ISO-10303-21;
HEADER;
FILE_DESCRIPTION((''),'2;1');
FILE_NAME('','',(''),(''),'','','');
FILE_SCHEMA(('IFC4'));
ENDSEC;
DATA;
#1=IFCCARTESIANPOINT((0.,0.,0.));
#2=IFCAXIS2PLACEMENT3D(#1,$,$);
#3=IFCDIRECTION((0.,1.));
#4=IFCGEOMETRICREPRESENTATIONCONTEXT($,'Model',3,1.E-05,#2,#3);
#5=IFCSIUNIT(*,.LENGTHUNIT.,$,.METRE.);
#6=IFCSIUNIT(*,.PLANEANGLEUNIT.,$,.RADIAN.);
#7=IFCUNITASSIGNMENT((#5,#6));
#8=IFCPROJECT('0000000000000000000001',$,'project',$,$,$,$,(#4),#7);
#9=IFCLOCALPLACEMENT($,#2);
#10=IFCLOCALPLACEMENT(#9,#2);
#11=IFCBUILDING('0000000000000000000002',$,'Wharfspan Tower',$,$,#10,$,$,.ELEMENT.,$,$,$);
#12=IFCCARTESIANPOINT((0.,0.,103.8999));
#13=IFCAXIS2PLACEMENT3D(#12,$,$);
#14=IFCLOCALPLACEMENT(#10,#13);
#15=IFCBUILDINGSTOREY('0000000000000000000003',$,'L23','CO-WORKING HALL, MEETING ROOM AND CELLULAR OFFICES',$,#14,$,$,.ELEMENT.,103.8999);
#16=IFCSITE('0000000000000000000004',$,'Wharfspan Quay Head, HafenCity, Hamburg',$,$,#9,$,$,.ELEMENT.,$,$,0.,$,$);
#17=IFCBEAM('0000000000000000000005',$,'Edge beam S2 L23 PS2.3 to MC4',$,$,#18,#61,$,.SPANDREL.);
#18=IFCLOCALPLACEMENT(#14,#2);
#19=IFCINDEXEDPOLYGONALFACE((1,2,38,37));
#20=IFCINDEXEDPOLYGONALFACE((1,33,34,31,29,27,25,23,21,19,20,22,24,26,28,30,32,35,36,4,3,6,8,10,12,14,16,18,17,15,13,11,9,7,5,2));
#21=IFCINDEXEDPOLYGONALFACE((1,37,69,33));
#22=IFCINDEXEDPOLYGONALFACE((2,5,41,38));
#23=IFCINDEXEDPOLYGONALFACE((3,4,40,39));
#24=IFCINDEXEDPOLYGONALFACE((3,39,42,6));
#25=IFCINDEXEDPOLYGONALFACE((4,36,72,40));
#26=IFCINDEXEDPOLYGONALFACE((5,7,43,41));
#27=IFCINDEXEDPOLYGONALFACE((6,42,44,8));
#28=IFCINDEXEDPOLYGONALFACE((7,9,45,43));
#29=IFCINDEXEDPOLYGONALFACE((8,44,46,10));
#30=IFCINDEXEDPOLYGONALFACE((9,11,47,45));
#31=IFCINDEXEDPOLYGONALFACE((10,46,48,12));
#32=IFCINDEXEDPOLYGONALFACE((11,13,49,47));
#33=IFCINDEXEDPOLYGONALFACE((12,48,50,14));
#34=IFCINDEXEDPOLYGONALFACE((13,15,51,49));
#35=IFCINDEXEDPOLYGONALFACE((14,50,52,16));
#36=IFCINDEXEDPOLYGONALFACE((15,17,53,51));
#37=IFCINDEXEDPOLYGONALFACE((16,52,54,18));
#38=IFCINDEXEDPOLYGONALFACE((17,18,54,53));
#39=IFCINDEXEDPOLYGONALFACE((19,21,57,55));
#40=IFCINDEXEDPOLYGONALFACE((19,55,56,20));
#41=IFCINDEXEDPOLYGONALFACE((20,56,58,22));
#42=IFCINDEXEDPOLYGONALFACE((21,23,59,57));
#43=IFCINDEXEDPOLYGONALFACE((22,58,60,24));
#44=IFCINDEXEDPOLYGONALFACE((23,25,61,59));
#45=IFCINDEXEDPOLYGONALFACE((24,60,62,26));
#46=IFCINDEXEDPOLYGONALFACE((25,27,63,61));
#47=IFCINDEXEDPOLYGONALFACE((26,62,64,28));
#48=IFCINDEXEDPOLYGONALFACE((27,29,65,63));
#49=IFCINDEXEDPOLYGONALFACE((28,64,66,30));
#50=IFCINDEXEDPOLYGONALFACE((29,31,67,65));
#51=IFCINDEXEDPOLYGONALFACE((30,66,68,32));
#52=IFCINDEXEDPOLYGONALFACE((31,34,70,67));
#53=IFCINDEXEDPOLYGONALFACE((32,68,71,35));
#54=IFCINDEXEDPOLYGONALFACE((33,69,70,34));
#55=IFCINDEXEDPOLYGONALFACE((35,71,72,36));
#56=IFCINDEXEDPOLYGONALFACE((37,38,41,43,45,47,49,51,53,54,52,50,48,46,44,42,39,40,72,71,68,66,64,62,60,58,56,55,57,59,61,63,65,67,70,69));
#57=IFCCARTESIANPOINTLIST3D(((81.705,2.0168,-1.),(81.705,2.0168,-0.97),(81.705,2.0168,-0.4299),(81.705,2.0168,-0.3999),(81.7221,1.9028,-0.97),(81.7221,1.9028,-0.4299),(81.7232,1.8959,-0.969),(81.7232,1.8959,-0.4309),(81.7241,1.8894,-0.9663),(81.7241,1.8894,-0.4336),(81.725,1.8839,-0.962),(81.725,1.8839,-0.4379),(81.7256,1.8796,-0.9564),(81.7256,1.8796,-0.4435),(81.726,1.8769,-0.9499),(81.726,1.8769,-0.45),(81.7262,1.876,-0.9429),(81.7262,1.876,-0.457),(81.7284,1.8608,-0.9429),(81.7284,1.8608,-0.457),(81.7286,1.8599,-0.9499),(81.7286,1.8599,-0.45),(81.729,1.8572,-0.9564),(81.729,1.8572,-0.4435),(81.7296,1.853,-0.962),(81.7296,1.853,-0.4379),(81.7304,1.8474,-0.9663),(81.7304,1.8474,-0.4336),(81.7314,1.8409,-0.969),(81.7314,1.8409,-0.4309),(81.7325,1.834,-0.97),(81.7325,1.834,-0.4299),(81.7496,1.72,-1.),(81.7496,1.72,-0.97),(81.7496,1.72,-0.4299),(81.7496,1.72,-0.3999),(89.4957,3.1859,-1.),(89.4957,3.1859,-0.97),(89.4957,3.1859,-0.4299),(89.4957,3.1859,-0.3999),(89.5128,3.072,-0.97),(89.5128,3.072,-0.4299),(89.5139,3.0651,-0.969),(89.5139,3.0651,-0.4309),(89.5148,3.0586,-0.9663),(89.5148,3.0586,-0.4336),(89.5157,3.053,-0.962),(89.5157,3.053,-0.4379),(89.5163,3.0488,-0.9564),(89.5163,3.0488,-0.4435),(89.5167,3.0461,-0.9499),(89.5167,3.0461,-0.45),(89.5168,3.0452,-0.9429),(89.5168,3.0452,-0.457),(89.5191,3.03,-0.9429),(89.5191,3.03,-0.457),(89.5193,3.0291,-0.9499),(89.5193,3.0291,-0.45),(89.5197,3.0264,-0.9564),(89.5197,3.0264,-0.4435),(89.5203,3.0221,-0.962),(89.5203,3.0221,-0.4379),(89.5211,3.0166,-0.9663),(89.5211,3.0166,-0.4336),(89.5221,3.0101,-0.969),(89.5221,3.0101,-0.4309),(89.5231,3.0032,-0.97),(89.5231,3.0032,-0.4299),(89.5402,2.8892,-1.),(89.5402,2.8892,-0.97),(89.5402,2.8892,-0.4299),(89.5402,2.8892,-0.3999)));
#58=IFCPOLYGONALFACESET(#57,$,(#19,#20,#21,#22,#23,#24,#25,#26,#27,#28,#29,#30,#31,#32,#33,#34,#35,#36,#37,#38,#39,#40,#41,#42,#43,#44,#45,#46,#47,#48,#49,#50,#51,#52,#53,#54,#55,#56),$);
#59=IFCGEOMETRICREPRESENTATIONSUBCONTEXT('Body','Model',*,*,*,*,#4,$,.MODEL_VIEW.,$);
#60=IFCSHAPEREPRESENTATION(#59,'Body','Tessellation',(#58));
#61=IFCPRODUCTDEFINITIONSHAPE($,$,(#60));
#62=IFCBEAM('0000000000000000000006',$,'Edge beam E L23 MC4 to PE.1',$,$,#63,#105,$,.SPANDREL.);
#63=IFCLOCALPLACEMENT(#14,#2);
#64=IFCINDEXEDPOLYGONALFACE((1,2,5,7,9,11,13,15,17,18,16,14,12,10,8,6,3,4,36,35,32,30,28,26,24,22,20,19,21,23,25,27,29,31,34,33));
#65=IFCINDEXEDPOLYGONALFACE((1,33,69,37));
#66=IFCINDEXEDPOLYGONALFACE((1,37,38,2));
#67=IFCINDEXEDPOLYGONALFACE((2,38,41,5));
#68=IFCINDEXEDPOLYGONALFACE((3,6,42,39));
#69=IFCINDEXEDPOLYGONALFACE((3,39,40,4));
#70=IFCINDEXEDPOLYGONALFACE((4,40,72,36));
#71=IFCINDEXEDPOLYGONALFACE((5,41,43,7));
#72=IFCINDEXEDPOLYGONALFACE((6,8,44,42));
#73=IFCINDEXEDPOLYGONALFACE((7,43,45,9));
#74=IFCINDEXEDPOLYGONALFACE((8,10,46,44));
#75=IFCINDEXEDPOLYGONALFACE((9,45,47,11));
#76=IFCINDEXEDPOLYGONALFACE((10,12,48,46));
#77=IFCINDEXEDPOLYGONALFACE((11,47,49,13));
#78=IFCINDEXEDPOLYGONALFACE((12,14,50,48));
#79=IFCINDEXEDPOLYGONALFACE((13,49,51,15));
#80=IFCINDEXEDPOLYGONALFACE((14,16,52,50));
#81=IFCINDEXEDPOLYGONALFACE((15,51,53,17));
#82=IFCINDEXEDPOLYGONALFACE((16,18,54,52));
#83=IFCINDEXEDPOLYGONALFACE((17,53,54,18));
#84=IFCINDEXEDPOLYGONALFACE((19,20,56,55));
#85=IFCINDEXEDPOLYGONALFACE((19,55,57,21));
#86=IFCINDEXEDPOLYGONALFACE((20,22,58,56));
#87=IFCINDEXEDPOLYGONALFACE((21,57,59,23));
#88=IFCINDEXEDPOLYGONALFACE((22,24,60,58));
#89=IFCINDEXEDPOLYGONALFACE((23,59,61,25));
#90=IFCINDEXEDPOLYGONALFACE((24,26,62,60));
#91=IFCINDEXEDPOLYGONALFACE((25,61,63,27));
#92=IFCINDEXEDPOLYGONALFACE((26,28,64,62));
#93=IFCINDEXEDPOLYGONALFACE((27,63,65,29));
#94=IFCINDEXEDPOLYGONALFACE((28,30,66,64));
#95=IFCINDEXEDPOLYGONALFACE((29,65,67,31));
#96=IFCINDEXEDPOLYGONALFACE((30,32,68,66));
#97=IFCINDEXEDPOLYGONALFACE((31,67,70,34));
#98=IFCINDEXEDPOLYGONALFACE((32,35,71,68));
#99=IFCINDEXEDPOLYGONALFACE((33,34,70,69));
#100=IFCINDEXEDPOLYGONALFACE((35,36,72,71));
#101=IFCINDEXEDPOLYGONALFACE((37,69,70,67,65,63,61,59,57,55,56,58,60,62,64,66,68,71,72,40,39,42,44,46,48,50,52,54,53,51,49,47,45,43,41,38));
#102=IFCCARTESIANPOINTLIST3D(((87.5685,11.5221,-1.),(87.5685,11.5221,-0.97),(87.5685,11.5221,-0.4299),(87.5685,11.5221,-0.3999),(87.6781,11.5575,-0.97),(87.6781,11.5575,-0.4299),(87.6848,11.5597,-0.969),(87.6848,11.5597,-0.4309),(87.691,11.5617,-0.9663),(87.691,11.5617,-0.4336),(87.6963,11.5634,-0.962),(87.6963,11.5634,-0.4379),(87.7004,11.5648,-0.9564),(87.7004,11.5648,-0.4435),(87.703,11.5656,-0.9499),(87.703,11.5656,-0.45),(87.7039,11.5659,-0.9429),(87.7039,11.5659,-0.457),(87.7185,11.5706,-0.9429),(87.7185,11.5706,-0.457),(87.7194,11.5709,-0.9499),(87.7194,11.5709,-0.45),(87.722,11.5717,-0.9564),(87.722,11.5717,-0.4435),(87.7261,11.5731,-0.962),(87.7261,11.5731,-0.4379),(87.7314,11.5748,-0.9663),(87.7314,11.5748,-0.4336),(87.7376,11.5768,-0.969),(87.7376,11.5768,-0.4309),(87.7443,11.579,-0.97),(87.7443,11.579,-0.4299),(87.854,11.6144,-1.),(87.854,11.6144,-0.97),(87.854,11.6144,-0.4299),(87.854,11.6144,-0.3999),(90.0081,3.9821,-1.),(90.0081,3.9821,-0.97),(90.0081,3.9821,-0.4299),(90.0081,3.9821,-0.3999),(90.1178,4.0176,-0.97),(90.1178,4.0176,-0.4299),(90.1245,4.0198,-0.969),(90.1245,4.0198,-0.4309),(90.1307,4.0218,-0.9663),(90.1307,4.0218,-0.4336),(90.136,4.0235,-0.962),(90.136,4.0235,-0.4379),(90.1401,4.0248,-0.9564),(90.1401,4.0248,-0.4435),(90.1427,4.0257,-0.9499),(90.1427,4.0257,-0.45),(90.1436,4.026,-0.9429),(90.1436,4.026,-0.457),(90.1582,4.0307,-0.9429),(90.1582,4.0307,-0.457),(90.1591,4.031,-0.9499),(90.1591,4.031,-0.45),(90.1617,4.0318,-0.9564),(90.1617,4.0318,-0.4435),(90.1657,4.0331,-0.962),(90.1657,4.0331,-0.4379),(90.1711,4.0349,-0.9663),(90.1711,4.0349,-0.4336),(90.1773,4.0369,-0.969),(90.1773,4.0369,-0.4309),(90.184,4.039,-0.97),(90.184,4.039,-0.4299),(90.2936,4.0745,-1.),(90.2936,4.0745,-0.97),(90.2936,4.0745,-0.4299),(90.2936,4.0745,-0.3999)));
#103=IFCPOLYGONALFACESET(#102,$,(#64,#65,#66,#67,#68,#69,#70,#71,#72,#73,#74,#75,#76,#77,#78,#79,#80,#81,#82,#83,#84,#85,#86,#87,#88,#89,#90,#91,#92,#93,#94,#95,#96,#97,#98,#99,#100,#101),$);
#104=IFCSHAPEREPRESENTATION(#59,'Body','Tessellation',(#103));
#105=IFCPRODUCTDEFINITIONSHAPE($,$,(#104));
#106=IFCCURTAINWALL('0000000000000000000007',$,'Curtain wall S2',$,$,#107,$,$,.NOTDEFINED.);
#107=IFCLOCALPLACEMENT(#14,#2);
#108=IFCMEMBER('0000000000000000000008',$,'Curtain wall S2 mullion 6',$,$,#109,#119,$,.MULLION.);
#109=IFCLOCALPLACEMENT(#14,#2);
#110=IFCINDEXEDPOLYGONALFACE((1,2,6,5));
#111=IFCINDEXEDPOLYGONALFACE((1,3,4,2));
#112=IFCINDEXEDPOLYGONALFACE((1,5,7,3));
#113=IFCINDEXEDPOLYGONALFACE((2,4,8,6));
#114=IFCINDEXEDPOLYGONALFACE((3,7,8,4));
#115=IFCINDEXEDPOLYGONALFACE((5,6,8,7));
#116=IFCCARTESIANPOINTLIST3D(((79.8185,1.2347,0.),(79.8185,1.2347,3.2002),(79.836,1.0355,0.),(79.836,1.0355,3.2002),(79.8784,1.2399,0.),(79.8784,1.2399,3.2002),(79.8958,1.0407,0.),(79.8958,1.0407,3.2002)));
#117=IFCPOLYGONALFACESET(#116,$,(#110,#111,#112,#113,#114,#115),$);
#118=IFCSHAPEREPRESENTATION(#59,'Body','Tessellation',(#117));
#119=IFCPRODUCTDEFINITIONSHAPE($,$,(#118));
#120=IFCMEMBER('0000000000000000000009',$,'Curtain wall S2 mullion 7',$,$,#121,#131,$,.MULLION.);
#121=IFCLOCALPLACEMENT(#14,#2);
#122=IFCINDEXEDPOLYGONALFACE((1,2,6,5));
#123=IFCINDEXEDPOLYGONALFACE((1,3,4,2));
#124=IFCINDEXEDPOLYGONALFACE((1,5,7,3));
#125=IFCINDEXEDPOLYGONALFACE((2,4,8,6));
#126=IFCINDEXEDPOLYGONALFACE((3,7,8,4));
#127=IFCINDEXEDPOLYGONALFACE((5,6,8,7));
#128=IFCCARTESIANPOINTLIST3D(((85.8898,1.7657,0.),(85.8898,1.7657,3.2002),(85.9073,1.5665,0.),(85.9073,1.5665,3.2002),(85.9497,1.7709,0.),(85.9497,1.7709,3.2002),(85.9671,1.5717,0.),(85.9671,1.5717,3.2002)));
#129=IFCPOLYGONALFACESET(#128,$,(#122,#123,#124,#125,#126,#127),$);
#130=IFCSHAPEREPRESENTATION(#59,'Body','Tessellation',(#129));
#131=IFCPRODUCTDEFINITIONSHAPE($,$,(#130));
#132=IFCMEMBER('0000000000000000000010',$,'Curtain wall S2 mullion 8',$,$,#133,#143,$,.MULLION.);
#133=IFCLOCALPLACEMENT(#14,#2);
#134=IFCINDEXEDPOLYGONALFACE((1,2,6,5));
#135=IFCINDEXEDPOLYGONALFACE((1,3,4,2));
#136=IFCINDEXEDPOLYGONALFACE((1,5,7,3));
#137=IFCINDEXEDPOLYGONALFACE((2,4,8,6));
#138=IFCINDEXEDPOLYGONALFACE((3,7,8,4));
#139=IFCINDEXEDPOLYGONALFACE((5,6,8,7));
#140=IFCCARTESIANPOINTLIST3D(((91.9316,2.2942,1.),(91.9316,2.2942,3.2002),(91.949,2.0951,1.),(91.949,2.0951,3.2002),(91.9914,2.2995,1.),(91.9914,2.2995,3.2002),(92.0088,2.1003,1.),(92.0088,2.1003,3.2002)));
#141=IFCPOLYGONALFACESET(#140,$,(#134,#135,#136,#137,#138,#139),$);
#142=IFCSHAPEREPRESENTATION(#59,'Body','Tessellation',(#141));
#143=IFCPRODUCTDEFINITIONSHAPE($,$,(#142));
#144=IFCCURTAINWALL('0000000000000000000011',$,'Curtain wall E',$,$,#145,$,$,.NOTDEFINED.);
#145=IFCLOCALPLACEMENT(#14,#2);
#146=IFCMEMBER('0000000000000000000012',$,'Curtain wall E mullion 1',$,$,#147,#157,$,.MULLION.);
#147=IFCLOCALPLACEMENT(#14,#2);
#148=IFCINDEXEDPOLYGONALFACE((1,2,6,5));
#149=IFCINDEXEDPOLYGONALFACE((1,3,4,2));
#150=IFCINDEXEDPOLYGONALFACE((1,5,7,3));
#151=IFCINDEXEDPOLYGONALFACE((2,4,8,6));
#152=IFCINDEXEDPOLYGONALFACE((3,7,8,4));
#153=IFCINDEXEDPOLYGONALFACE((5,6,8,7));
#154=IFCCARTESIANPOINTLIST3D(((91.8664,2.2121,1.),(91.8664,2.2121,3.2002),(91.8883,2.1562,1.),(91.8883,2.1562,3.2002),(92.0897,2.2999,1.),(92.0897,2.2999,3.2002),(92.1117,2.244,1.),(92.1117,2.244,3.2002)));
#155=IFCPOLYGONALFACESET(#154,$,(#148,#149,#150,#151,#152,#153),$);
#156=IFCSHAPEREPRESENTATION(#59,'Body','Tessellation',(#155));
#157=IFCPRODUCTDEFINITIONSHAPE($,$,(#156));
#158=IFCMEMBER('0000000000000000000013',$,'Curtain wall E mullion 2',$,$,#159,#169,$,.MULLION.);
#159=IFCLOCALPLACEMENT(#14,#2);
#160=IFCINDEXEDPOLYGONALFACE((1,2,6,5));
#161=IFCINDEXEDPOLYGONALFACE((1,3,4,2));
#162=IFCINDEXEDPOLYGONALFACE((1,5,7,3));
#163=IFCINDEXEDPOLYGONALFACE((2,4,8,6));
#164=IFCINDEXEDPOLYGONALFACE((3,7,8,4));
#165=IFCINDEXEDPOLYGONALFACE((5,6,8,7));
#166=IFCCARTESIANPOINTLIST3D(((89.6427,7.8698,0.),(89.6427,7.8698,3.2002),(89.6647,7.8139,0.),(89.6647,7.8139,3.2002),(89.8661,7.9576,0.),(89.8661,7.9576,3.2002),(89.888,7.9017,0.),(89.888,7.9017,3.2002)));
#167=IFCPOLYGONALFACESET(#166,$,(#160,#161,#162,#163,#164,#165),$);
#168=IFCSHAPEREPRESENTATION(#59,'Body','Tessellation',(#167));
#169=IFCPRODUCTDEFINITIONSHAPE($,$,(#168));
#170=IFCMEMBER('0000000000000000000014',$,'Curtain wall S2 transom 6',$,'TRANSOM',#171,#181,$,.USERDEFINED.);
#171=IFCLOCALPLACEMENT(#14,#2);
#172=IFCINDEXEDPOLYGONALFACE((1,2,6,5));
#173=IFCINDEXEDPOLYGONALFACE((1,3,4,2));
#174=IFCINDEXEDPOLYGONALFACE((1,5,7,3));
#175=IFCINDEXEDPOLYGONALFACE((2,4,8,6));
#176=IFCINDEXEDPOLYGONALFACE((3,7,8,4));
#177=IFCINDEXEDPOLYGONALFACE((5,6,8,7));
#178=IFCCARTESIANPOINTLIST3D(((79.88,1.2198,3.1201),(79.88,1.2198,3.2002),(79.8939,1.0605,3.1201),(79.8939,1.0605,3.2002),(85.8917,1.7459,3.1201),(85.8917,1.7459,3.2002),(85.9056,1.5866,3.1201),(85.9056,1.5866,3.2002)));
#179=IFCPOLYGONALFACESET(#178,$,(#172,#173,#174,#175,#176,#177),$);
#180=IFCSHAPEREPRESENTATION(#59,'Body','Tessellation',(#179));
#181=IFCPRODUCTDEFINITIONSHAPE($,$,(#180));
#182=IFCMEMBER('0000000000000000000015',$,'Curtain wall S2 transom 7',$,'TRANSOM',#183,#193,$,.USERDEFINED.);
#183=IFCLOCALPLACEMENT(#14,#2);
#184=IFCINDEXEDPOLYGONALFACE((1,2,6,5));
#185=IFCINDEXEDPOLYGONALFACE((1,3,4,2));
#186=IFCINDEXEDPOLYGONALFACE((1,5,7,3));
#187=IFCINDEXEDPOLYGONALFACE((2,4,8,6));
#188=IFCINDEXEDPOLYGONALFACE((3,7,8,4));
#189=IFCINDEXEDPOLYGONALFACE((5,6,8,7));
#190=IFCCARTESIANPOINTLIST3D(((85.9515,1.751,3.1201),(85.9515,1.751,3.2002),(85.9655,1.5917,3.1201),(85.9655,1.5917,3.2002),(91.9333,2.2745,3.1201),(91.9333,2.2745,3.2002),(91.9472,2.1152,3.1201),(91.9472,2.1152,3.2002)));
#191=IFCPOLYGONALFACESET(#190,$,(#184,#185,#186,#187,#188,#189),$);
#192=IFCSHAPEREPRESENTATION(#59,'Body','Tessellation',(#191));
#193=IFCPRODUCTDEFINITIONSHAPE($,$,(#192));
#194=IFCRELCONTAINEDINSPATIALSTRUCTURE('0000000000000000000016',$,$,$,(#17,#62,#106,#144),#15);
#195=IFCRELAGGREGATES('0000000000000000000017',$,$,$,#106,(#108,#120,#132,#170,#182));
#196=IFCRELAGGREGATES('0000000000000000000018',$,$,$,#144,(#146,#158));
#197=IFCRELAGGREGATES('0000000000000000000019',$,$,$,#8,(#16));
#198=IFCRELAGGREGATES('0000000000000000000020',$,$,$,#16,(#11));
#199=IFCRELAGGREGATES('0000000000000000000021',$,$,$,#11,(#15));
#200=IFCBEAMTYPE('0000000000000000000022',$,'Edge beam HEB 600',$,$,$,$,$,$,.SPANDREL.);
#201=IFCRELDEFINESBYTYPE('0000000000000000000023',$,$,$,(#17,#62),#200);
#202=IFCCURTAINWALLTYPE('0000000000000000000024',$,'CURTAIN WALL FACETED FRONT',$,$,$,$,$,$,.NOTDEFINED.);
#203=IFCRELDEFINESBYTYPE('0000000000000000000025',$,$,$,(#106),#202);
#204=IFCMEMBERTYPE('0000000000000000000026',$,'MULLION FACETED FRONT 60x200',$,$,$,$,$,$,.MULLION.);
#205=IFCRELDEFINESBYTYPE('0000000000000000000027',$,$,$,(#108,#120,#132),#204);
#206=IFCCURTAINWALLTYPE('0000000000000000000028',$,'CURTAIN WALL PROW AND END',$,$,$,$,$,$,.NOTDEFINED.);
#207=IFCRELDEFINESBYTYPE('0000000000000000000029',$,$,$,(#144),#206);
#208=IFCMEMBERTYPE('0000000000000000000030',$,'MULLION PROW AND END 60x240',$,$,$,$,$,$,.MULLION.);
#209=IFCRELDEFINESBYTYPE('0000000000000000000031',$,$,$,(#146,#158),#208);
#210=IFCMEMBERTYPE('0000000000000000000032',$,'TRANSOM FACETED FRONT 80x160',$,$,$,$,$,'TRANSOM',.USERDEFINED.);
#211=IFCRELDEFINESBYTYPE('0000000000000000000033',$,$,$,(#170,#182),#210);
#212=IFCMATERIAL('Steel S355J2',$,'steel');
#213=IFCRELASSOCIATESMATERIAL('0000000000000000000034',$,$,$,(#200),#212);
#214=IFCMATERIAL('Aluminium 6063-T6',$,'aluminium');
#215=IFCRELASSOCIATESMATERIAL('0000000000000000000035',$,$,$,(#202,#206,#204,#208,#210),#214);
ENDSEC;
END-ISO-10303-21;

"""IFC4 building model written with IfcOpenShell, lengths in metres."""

from ifc_helpers import new_model, si_unit, direction, frame, origin, origin_2d, place, context, subcontext, project, spatial, rectangle, i_section, extrude, material, material_profile, profile_set, type_object, element, aggregate, save


model = new_model("IFC4")

# Units and contexts
model_context = context("Model", 3, precision=1e-05, world=origin(), true_north=direction((0.0, 1.0)))
body_context = subcontext(model_context, "Body", "Model", "MODEL_VIEW")
ifc_project = project(units=[si_unit("LENGTHUNIT", "METRE"), si_unit("PLANEANGLEUNIT", "RADIAN")], contexts=[model_context])

# Site, building, storey
site_placement = place(None, origin())
site = spatial("IfcSite", under=ifc_project, at=site_placement, Name="Wharfspan Quay Head, HafenCity, Hamburg", CompositionType="ELEMENT", RefElevation=0.0)
building_placement = place(site_placement, origin())
building = spatial("IfcBuilding", under=site, at=building_placement, Name="Wharfspan Tower", CompositionType="ELEMENT")
storey_placement = place(building_placement, frame((0.0, 0.0, 103.8999)))
storey = spatial("IfcBuildingStorey", under=building, at=storey_placement, Name="L23", Description="CO-WORKING HALL, MEETING ROOM AND CELLULAR OFFICES", CompositionType="ELEMENT", Elevation=103.8999)

# Shared definitions
ifc_material_1 = material(Name="Steel S355J2", Category="steel")

# Beams
ifc_material_profile_1 = material_profile(ifc_material_1, i_section(OverallWidth=0.3, OverallDepth=0.6001, WebThickness=0.0154, FlangeThickness=0.03, FilletRadius=0.0271, at=origin_2d()))
ifc_profile_set_1 = profile_set([ifc_material_profile_1], Name="Steel S355J2")
beam_type = type_object("IfcBeamType", Name="Edge beam HEB 600", PredefinedType="SPANDREL", material=ifc_profile_set_1)
beam_1_placement = place(storey_placement, frame((81.7273, 1.8684, -0.7), z_axis=(0.988926, 0.148412, 0.0), x_axis=(-0.148412, 0.988926, 0.0)))
element("IfcBeam", 1, at=beam_1_placement, inside=storey, type_object=beam_type, Name="Edge beam S2 L23 PS2.3 to MC4", PredefinedType="SPANDREL", context=body_context, shape_type="SweptSolid", body=[
    extrude(i_section(OverallWidth=0.3, OverallDepth=0.6001, WebThickness=0.0154, FlangeThickness=0.03, FilletRadius=0.0271, at=origin_2d()), origin(), (0.0, 0.0, 1.0), 7.8779),
])
beam_2_placement = place(storey_placement, frame((90.1509, 4.0283, -0.7), z_axis=(-0.307851, 0.951434, 0.0), x_axis=(-0.951434, -0.307851, 0.0)))
element("IfcBeam", 2, at=beam_2_placement, inside=storey, type_object=beam_type, Name="Edge beam E L23 MC4 to PE.1", PredefinedType="SPANDREL", context=body_context, shape_type="SweptSolid", body=[
    extrude(i_section(OverallWidth=0.3, OverallDepth=0.6001, WebThickness=0.0154, FlangeThickness=0.03, FilletRadius=0.0271, at=origin_2d()), origin(), (0.0, 0.0, 1.0), 7.9248),
])

# Curtain walls, members
ifc_material_2 = material(Name="Aluminium 6063-T6", Category="aluminium")
curtain_wall_type_1 = type_object("IfcCurtainWallType", Name="CURTAIN WALL FACETED FRONT", PredefinedType="NOTDEFINED", material=ifc_material_2)
curtain_wall_1_placement = place(storey_placement, origin())
curtain_wall_1 = element("IfcCurtainWall", 3, at=curtain_wall_1_placement, inside=storey, type_object=curtain_wall_type_1, Name="Curtain wall S2", PredefinedType="NOTDEFINED")
ifc_material_profile_2 = material_profile(ifc_material_2, rectangle(XDim=0.2, YDim=0.0601, at=origin_2d()))
ifc_profile_set_2 = profile_set([ifc_material_profile_2], Name="Aluminium 6063-T6")
member_type_1 = type_object("IfcMemberType", Name="MULLION FACETED FRONT 60x200", PredefinedType="MULLION", material=ifc_profile_set_2)
member_1_placement = place(storey_placement, frame((79.8572, 1.1377, 0.0), z_axis=(0.0, 0.0, 1.0), x_axis=(-0.087156, 0.996198, 0.0)))
member_1 = element("IfcMember", 4, at=member_1_placement, type_object=member_type_1, Name="Curtain wall S2 mullion 6", PredefinedType="MULLION", context=body_context, shape_type="SweptSolid", body=[
    extrude(rectangle(XDim=0.2, YDim=0.0601, at=origin_2d()), origin(), (0.0, 0.0, 1.0), 3.2002),
])
member_2_placement = place(storey_placement, frame((85.9285, 1.6687, 0.0), z_axis=(0.0, 0.0, 1.0), x_axis=(-0.087156, 0.996198, 0.0)))
member_2 = element("IfcMember", 5, at=member_2_placement, type_object=member_type_1, Name="Curtain wall S2 mullion 7", PredefinedType="MULLION", context=body_context, shape_type="SweptSolid", body=[
    extrude(rectangle(XDim=0.2, YDim=0.0601, at=origin_2d()), origin(), (0.0, 0.0, 1.0), 3.2002),
])
member_3_placement = place(storey_placement, frame((91.9702, 2.1973, 1.0), z_axis=(0.0, 0.0, 1.0), x_axis=(-0.087156, 0.996198, 0.0)))
member_3 = element("IfcMember", 6, at=member_3_placement, type_object=member_type_1, Name="Curtain wall S2 mullion 8", PredefinedType="MULLION", context=body_context, shape_type="SweptSolid", body=[
    extrude(rectangle(XDim=0.2, YDim=0.0601, at=origin_2d()), origin(), (0.0, 0.0, 1.0), 2.2002),
])
curtain_wall_type_2 = type_object("IfcCurtainWallType", Name="CURTAIN WALL PROW AND END", PredefinedType="NOTDEFINED", material=ifc_material_2)
curtain_wall_2_placement = place(storey_placement, origin())
curtain_wall_2 = element("IfcCurtainWall", 7, at=curtain_wall_2_placement, inside=storey, type_object=curtain_wall_type_2, Name="Curtain wall E", PredefinedType="NOTDEFINED")
ifc_material_profile_3 = material_profile(ifc_material_2, rectangle(XDim=0.24, YDim=0.0601, at=origin_2d()))
ifc_profile_set_3 = profile_set([ifc_material_profile_3], Name="Aluminium 6063-T6")
member_type_2 = type_object("IfcMemberType", Name="MULLION PROW AND END 60x240", PredefinedType="MULLION", material=ifc_profile_set_3)
member_4_placement = place(storey_placement, frame((91.989, 2.228, 1.0), z_axis=(0.0, 0.0, 1.0), x_axis=(-0.930702, -0.365778, 0.0)))
member_4 = element("IfcMember", 8, at=member_4_placement, type_object=member_type_2, Name="Curtain wall E mullion 1", PredefinedType="MULLION", context=body_context, shape_type="SweptSolid", body=[
    extrude(rectangle(XDim=0.24, YDim=0.0601, at=origin_2d()), origin(), (0.0, 0.0, 1.0), 2.2002),
])
member_5_placement = place(storey_placement, frame((89.7654, 7.8857, 0.0), z_axis=(0.0, 0.0, 1.0), x_axis=(-0.930702, -0.365778, 0.0)))
member_5 = element("IfcMember", 9, at=member_5_placement, type_object=member_type_2, Name="Curtain wall E mullion 2", PredefinedType="MULLION", context=body_context, shape_type="SweptSolid", body=[
    extrude(rectangle(XDim=0.24, YDim=0.0601, at=origin_2d()), origin(), (0.0, 0.0, 1.0), 3.2002),
])

# Members
ifc_material_profile_4 = material_profile(ifc_material_2, rectangle(XDim=0.1599, YDim=0.0801, at=origin_2d()))
ifc_profile_set_4 = profile_set([ifc_material_profile_4], Name="Aluminium 6063-T6")
member_type_3 = type_object("IfcMemberType", Name="TRANSOM FACETED FRONT 80x160", ElementType="TRANSOM", PredefinedType="USERDEFINED", material=ifc_profile_set_4)
member_6_placement = place(storey_placement, frame((79.887, 1.1401, 3.1602), z_axis=(0.996192, 0.087183, 0.0), x_axis=(-0.087183, 0.996192, 0.0)))
member_6 = element("IfcMember", 10, at=member_6_placement, type_object=member_type_3, Name="Curtain wall S2 transom 6", ObjectType="TRANSOM", PredefinedType="USERDEFINED", context=body_context, shape_type="SweptSolid", body=[
    extrude(rectangle(XDim=0.1599, YDim=0.0801, at=origin_2d()), origin(), (0.0, 0.0, 1.0), 6.0347),
])
member_7_placement = place(storey_placement, frame((85.9585, 1.6714, 3.1602), z_axis=(0.996193, 0.087174, 0.0), x_axis=(-0.087174, 0.996193, 0.0)))
member_7 = element("IfcMember", 11, at=member_7_placement, type_object=member_type_3, Name="Curtain wall S2 transom 7", ObjectType="TRANSOM", PredefinedType="USERDEFINED", context=body_context, shape_type="SweptSolid", body=[
    extrude(rectangle(XDim=0.1599, YDim=0.0801, at=origin_2d()), origin(), (0.0, 0.0, 1.0), 6.0046),
])

aggregate(curtain_wall_1, [member_1, member_2, member_3, member_6, member_7])
aggregate(curtain_wall_2, [member_4, member_5])

save(model, "model.ifc")
